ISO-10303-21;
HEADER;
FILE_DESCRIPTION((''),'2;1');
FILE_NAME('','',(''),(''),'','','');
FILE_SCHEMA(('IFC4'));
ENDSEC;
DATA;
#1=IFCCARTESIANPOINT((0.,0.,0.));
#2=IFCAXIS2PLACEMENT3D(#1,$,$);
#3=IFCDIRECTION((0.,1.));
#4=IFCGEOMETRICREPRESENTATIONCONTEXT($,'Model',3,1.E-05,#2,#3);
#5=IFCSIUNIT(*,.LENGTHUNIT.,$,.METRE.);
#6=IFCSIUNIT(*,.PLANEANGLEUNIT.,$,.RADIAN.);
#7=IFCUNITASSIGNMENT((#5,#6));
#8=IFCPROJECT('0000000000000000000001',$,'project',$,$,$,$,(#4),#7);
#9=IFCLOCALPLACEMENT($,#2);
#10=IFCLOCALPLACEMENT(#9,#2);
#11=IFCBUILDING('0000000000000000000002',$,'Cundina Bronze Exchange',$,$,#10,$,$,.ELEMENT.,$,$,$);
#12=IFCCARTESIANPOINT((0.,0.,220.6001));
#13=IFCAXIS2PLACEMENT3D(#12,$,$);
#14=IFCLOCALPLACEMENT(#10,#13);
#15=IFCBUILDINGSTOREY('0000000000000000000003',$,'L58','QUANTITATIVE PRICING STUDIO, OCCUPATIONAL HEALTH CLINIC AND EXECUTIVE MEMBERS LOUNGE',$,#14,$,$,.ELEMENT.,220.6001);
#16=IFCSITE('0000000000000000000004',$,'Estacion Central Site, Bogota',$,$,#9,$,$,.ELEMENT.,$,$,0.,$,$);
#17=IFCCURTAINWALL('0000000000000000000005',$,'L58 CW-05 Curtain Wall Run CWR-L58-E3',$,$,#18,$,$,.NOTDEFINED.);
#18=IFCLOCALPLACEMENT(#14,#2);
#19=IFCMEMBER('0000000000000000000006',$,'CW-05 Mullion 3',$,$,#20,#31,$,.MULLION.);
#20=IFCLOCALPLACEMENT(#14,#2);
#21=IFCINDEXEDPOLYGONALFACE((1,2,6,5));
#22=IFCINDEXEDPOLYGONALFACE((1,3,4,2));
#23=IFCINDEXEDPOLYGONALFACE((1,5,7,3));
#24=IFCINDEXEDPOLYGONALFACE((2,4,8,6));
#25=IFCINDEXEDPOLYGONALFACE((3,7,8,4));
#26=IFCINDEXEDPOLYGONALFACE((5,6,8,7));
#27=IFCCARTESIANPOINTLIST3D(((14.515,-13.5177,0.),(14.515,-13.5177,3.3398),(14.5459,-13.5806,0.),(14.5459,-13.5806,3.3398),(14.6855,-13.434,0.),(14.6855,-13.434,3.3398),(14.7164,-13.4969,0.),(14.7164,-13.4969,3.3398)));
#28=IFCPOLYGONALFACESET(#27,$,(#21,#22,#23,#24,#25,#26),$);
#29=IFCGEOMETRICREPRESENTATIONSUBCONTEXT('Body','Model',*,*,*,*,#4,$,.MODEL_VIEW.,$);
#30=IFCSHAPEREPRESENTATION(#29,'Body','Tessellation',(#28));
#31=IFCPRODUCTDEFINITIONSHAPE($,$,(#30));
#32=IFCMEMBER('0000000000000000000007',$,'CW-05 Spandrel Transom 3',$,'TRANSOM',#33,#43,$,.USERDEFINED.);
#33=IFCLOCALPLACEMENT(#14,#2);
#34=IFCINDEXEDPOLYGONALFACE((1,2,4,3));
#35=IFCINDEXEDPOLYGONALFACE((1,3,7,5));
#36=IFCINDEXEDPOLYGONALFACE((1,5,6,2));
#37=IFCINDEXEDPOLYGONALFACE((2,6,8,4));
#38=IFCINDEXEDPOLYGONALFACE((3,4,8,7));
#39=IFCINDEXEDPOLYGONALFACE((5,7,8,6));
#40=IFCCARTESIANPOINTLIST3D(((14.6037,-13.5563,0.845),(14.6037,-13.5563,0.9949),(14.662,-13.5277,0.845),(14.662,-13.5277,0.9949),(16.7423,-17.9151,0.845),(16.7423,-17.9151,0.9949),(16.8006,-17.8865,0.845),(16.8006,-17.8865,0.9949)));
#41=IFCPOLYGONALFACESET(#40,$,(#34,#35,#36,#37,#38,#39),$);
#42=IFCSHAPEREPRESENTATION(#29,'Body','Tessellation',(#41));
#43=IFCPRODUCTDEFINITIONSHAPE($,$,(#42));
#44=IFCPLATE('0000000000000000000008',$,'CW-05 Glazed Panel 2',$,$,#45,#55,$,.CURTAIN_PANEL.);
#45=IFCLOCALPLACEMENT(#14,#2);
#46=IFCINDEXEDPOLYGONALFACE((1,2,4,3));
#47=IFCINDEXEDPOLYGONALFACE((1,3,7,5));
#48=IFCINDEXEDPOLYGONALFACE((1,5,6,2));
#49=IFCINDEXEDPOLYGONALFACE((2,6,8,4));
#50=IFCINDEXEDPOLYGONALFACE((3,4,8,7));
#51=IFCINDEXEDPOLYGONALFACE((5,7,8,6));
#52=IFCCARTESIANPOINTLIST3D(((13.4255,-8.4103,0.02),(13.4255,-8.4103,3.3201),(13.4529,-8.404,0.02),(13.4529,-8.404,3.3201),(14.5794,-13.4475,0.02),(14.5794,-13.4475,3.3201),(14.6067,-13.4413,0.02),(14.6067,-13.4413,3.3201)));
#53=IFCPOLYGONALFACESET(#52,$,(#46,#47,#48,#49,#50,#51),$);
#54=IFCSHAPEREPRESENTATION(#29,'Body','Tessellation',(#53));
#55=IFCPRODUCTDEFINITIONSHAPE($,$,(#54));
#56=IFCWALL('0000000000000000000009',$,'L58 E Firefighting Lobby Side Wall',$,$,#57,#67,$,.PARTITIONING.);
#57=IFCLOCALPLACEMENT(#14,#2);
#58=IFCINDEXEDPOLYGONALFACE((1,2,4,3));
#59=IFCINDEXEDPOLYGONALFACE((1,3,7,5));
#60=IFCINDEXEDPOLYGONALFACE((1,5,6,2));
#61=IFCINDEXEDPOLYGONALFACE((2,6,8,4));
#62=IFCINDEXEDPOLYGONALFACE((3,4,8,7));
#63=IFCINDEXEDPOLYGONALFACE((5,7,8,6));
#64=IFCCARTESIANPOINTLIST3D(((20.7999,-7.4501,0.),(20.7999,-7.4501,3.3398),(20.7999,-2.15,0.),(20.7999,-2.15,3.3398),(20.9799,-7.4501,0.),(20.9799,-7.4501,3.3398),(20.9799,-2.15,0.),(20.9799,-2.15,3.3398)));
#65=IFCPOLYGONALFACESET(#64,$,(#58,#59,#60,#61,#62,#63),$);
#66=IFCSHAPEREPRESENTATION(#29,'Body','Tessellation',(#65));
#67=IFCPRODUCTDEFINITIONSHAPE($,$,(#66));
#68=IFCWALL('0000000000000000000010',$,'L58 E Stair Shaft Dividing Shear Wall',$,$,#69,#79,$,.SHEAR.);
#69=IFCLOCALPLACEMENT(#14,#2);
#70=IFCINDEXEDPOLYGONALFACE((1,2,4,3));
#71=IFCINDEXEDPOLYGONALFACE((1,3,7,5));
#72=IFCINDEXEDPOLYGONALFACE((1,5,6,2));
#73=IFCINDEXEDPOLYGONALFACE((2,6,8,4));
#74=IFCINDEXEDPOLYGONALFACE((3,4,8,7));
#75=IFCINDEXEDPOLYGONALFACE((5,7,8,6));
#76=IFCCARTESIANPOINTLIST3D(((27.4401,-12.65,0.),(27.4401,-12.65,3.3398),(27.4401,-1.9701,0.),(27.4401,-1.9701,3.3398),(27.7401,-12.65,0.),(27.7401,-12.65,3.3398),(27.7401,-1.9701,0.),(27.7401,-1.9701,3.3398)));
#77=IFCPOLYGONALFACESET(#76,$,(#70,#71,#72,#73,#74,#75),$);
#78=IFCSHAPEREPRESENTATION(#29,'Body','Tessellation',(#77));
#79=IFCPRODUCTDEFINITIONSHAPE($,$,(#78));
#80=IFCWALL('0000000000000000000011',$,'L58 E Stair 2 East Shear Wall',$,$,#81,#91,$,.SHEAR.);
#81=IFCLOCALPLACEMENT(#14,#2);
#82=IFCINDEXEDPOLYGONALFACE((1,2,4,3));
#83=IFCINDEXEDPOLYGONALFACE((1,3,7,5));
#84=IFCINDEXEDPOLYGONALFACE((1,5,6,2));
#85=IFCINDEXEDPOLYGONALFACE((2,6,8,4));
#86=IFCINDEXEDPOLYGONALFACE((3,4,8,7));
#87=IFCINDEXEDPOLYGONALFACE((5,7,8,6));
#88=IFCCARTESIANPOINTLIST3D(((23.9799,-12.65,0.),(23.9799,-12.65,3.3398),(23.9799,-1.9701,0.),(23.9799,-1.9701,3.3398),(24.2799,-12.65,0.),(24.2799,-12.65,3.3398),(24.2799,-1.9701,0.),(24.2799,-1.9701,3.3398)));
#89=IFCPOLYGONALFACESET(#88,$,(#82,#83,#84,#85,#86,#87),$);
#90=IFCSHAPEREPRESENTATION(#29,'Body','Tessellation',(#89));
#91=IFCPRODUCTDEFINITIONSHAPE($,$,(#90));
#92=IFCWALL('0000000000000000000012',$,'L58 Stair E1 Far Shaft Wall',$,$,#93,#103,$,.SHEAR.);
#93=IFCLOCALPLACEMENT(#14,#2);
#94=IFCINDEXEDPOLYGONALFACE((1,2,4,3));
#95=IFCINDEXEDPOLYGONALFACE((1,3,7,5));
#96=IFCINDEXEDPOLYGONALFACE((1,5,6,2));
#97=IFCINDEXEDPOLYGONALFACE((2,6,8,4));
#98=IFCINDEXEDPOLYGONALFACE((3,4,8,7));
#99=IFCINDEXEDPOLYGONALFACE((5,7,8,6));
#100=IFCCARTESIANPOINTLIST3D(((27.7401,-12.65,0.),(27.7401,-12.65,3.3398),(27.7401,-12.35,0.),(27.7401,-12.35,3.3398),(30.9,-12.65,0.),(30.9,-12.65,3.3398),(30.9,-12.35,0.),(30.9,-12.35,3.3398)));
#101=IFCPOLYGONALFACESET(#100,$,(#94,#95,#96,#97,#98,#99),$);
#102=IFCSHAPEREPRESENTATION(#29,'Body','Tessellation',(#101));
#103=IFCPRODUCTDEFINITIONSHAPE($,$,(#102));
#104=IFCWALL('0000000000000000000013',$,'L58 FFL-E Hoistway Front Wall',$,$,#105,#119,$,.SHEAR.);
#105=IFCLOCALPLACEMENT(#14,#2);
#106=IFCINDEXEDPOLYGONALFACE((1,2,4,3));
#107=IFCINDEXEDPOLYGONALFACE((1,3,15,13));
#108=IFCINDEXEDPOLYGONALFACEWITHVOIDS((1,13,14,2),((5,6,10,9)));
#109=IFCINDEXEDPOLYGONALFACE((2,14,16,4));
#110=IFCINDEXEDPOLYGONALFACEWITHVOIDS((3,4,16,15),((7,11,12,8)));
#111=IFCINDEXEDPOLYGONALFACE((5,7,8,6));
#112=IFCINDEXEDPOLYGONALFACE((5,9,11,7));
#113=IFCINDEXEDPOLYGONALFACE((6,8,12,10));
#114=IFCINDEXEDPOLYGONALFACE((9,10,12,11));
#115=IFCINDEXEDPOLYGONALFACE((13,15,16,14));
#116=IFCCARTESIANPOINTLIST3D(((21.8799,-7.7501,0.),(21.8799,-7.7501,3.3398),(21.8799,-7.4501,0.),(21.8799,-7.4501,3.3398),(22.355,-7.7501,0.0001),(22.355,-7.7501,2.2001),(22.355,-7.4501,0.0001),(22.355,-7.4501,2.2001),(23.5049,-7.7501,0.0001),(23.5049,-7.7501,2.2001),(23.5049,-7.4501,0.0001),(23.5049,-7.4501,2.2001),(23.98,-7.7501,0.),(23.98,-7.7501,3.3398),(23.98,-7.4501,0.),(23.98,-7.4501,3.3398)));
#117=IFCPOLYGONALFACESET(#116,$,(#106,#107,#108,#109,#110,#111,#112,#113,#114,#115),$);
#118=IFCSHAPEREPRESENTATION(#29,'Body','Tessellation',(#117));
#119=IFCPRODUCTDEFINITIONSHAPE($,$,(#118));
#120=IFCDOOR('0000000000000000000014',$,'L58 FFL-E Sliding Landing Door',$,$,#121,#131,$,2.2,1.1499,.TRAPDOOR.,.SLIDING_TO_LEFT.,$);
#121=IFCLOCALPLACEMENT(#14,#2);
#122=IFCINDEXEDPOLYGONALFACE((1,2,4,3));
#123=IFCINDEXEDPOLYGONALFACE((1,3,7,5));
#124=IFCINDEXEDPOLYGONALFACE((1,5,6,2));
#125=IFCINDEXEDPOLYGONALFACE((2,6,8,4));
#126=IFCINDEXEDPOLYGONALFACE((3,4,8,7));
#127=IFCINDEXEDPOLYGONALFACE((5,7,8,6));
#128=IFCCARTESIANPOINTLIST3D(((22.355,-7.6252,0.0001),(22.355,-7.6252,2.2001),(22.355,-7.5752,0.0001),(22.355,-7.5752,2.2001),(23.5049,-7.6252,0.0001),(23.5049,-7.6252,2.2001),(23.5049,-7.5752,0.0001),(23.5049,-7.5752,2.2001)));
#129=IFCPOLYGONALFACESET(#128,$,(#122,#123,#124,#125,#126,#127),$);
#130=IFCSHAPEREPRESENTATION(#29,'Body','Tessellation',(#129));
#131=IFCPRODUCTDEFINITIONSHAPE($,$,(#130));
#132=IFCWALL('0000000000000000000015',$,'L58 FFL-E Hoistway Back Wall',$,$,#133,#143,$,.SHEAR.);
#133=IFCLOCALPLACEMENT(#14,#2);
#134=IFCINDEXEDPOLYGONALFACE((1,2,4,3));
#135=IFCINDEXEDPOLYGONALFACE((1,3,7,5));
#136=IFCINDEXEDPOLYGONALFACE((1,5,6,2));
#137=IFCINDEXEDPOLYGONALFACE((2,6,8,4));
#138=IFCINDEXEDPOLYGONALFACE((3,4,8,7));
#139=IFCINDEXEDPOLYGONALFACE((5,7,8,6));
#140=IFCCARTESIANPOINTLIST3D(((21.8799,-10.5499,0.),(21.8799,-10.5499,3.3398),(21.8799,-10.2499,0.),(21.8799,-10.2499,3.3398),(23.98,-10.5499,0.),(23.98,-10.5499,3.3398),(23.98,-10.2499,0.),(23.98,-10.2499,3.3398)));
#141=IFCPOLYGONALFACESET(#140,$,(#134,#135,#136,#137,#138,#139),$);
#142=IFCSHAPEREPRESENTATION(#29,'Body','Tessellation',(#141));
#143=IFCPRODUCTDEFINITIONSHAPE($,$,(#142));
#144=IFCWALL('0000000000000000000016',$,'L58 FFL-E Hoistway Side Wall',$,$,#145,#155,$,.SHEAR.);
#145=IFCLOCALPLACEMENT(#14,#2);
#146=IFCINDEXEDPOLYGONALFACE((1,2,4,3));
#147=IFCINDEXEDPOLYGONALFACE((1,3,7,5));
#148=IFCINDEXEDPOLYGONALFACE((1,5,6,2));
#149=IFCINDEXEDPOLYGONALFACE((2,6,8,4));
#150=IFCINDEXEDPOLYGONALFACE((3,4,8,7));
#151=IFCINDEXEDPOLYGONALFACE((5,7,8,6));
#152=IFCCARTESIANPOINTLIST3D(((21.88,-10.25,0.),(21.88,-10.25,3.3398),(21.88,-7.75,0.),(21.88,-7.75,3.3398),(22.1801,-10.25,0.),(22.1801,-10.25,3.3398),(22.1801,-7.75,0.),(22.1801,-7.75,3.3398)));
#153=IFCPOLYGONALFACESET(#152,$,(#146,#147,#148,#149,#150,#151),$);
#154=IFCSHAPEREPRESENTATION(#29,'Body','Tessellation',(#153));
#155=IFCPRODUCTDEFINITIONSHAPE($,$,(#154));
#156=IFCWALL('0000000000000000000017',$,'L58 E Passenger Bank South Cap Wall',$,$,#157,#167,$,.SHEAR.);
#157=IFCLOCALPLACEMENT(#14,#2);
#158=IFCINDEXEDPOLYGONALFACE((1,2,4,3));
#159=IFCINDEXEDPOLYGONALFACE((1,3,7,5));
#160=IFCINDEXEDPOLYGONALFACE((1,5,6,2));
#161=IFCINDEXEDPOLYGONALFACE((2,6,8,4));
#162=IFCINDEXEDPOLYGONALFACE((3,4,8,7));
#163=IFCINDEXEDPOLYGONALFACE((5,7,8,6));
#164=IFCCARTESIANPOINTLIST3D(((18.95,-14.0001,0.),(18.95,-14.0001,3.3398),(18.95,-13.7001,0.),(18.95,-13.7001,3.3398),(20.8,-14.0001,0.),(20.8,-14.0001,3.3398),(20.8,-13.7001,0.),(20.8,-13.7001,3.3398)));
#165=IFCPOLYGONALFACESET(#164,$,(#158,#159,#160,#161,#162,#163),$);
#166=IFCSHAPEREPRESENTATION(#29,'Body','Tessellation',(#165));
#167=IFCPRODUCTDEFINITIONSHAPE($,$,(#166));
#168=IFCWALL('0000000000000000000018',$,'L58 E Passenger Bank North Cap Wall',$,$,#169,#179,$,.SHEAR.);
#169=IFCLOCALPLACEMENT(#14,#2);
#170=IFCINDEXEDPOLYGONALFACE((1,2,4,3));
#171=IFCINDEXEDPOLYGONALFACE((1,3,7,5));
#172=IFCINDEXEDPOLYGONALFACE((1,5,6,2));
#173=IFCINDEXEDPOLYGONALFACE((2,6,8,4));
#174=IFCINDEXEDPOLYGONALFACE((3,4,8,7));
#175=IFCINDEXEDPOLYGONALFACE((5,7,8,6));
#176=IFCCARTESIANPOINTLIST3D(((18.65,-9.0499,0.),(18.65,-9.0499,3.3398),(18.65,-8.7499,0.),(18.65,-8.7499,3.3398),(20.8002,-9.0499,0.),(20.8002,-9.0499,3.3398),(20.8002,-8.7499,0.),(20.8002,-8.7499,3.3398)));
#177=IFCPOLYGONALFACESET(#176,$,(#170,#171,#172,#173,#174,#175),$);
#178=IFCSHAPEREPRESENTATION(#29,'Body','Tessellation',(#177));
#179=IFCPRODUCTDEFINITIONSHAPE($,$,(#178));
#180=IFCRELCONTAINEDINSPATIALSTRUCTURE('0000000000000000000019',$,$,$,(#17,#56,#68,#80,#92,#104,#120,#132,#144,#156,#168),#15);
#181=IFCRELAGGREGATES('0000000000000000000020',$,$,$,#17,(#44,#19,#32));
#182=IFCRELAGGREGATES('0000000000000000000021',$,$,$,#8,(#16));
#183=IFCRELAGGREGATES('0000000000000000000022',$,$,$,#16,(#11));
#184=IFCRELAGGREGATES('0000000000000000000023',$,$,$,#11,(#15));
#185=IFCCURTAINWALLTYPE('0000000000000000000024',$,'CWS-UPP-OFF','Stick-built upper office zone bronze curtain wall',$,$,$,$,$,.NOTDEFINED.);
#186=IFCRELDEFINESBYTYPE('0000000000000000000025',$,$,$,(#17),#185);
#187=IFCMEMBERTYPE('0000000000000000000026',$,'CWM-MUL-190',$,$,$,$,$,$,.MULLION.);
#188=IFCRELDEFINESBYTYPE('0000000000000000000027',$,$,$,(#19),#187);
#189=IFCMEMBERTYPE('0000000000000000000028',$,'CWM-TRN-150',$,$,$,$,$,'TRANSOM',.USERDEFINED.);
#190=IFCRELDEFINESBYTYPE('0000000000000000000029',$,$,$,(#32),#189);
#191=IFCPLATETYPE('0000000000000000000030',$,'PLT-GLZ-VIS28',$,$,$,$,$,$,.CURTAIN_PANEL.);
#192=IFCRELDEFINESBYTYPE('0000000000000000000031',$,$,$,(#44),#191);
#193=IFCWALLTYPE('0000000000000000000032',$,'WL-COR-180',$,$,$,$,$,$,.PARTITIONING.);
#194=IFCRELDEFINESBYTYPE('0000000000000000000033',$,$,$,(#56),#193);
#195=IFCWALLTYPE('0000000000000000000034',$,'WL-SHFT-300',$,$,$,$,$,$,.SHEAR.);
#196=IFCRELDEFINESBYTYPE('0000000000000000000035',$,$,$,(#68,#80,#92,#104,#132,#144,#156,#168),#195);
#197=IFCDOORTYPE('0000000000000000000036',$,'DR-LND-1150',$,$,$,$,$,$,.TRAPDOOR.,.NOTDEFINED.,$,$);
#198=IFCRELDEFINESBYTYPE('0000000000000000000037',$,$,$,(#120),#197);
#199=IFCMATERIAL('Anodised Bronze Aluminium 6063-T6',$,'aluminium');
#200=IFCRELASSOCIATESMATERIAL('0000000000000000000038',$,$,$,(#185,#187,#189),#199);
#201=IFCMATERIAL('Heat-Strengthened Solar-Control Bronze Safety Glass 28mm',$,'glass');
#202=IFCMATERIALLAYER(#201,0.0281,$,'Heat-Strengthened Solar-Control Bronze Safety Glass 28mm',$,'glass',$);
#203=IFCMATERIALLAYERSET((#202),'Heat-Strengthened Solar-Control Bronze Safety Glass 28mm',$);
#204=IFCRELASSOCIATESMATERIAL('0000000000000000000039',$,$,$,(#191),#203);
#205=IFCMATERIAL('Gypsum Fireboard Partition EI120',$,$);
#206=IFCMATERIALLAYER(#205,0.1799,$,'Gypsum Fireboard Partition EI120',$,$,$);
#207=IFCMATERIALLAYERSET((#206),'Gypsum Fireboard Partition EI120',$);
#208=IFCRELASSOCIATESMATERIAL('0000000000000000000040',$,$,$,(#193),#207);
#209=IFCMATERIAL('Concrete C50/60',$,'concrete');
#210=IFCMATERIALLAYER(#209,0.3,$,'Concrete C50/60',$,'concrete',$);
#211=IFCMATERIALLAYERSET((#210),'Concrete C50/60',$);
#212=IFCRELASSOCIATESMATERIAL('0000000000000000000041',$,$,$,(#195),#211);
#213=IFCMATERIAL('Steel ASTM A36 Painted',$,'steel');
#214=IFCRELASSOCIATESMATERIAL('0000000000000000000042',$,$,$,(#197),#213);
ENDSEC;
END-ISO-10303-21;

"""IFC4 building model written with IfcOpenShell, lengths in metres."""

from ifc_helpers import new_model, si_unit, direction, frame, frame_2d, origin, origin_2d, place, context, subcontext, project, spatial, rectangle, extrude, material, layer, layer_set, material_profile, profile_set, type_object, element, fill, aggregate, save


model = new_model("IFC4")

# Units and contexts
model_context = context("Model", 3, precision=1e-05, world=origin(), true_north=direction((0.0, 1.0)))
body_context = subcontext(model_context, "Body", "Model", "MODEL_VIEW")
ifc_project = project(units=[si_unit("LENGTHUNIT", "METRE"), si_unit("PLANEANGLEUNIT", "RADIAN")], contexts=[model_context])

# Site, building, storey
site_placement = place(None, origin())
site = spatial("IfcSite", under=ifc_project, at=site_placement, Name="Estacion Central Site, Bogota", CompositionType="ELEMENT", RefElevation=0.0)
building_placement = place(site_placement, origin())
building = spatial("IfcBuilding", under=site, at=building_placement, Name="Cundina Bronze Exchange", CompositionType="ELEMENT")
storey_placement = place(building_placement, frame((0.0, 0.0, 220.6001)))
storey = spatial("IfcBuildingStorey", under=building, at=storey_placement, Name="L58", Description="QUANTITATIVE PRICING STUDIO, OCCUPATIONAL HEALTH CLINIC AND EXECUTIVE MEMBERS LOUNGE", CompositionType="ELEMENT", Elevation=220.6001)

# Shared definitions
ifc_material_1 = material(Name="Concrete C50/60", Category="concrete")

# Curtain wall, members, plate
ifc_material_2 = material(Name="Anodised Bronze Aluminium 6063-T6", Category="aluminium")
curtain_wall_type = type_object("IfcCurtainWallType", Name="CWS-UPP-OFF", Description="Stick-built upper office zone bronze curtain wall", PredefinedType="NOTDEFINED", material=ifc_material_2)
curtain_wall_placement = place(storey_placement, origin())
curtain_wall = element("IfcCurtainWall", 1, at=curtain_wall_placement, inside=storey, type_object=curtain_wall_type, Name="L58 CW-05 Curtain Wall Run CWR-L58-E3", PredefinedType="NOTDEFINED")
ifc_material_profile_1 = material_profile(ifc_material_2, rectangle(XDim=0.0701, YDim=0.1899, at=origin_2d()), Name="AL70X190", Category="aluminium")
ifc_profile_set_1 = profile_set([ifc_material_profile_1], Name="Anodised Bronze Aluminium 6063-T6")
member_type_1 = type_object("IfcMemberType", Name="CWM-MUL-190", PredefinedType="MULLION", material=ifc_profile_set_1)
member_1_placement = place(storey_placement, frame((14.6157, -13.5073, 0.0), z_axis=(0.0, 0.0, 1.0), x_axis=(0.440566, -0.89772, 0.0)))
member_1 = element("IfcMember", 2, at=member_1_placement, type_object=member_type_1, Name="CW-05 Mullion 3", PredefinedType="MULLION", context=body_context, shape_type="SweptSolid", body=[
    extrude(rectangle(XDim=0.0701, YDim=0.1899, at=origin_2d()), origin(), (0.0, 0.0, 1.0), 3.3398),
])
ifc_material_profile_2 = material_profile(ifc_material_2, rectangle(XDim=0.0649, YDim=0.1499, at=origin_2d()), Name="AL65X150", Category="aluminium")
ifc_profile_set_2 = profile_set([ifc_material_profile_2], Name="Anodised Bronze Aluminium 6063-T6")
member_type_2 = type_object("IfcMemberType", Name="CWM-TRN-150", ElementType="TRANSOM", PredefinedType="USERDEFINED", material=ifc_profile_set_2)
member_2_placement = place(storey_placement, frame((14.6328, -13.542, 0.9199), z_axis=(0.440483, -0.897761, 0.0), x_axis=(0.897761, 0.440483, 0.0)))
member_2 = element("IfcMember", 3, at=member_2_placement, type_object=member_type_2, Name="CW-05 Spandrel Transom 3", ObjectType="TRANSOM", PredefinedType="USERDEFINED", context=body_context, shape_type="SweptSolid", body=[
    extrude(rectangle(XDim=0.0649, YDim=0.1499, at=origin_2d()), origin(), (0.0, 0.0, 1.0), 4.8552),
])
ifc_material_3 = material(Name="Heat-Strengthened Solar-Control Bronze Safety Glass 28mm", Category="glass")
ifc_layer_1 = layer(ifc_material_3, 0.0281, Name="Heat-Strengthened Solar-Control Bronze Safety Glass 28mm", Category="glass")
ifc_layer_set_1 = layer_set([ifc_layer_1], Name="Heat-Strengthened Solar-Control Bronze Safety Glass 28mm")
plate_type = type_object("IfcPlateType", Name="PLT-GLZ-VIS28", PredefinedType="CURTAIN_PANEL", material=ifc_layer_set_1)
plate_placement = place(storey_placement, frame((14.0161, -10.9258, 0.02), z_axis=(0.0, 0.0, 1.0), x_axis=(0.223284, -0.974753, 0.0)))
plate = element("IfcPlate", 4, at=plate_placement, type_object=plate_type, Name="CW-05 Glazed Panel 2", PredefinedType="CURTAIN_PANEL", context=body_context, shape_type="SweptSolid", body=[
    extrude(rectangle(XDim=5.1677, YDim=0.0281, at=origin_2d()), origin(), (0.0, 0.0, 1.0), 3.3),
])
aggregate(curtain_wall, [plate, member_1, member_2])

# Walls
ifc_material_4 = material(Name="Gypsum Fireboard Partition EI120")
ifc_layer_2 = layer(ifc_material_4, 0.1799, Name="Gypsum Fireboard Partition EI120")
ifc_layer_set_2 = layer_set([ifc_layer_2], Name="Gypsum Fireboard Partition EI120")
wall_type_1 = type_object("IfcWallType", Name="WL-COR-180", PredefinedType="PARTITIONING", material=ifc_layer_set_2)
wall_1_placement = place(storey_placement, frame((20.8899, -7.45, 0.0), z_axis=(0.0, 0.0, 1.0), x_axis=(0.0, 1.0, 0.0)))
element("IfcWall", 5, at=wall_1_placement, inside=storey, type_object=wall_type_1, Name="L58 E Firefighting Lobby Side Wall", PredefinedType="PARTITIONING", context=body_context, shape_type="SweptSolid", body=[
    extrude(rectangle(XDim=5.3, YDim=0.1799, at=frame_2d((2.6499, 0.0))), origin(), (0.0, 0.0, 1.0), 3.3398),
])
ifc_layer_3 = layer(ifc_material_1, 0.3, Name="Concrete C50/60", Category="concrete")
ifc_layer_set_3 = layer_set([ifc_layer_3], Name="Concrete C50/60")
wall_type_2 = type_object("IfcWallType", Name="WL-SHFT-300", PredefinedType="SHEAR", material=ifc_layer_set_3)
for number, where, z_axis, x_axis, name in (
    (6, (27.5901, -12.6499, 0.0), (0.0, 0.0, 1.0), (0.0, 1.0, 0.0), "L58 E Stair Shaft Dividing Shear Wall"),
    (7, (24.1299, -12.6499, 0.0), (0.0, 0.0, 1.0), (0.0, 1.0, 0.0), "L58 E Stair 2 East Shear Wall"),
):
    element("IfcWall", number, at=place(storey_placement, frame(where, z_axis=z_axis, x_axis=x_axis)), inside=storey, type_object=wall_type_2, Name=name, PredefinedType="SHEAR", context=body_context, shape_type="SweptSolid", body=[
        extrude(rectangle(XDim=10.6799, YDim=0.3, at=frame_2d((5.3398, 0.0))), origin(), (0.0, 0.0, 1.0), 3.3398),
    ])
wall_2_placement = place(storey_placement, frame((27.74, -12.5, 0.0), z_axis=(0.0, 0.0, 1.0), x_axis=(1.0, 0.0, 0.0)))
element("IfcWall", 8, at=wall_2_placement, inside=storey, type_object=wall_type_2, Name="L58 Stair E1 Far Shaft Wall", PredefinedType="SHEAR", context=body_context, shape_type="SweptSolid", body=[
    extrude(rectangle(XDim=3.1599, YDim=0.3, at=frame_2d((1.5801, 0.0))), origin(), (0.0, 0.0, 1.0), 3.3398),
])

# Wall, opening, door
ifc_material_5 = material(Name="Steel ASTM A36 Painted", Category="steel")
wall_3_placement = place(storey_placement, frame((21.8799, -7.6001, 0.0), z_axis=(0.0, 0.0, 1.0), x_axis=(1.0, 0.0, 0.0)))
wall_3 = element("IfcWall", 9, at=wall_3_placement, inside=storey, type_object=wall_type_2, Name="L58 FFL-E Hoistway Front Wall", PredefinedType="SHEAR", context=body_context, shape_type="SweptSolid", body=[
    extrude(rectangle(XDim=2.1001, YDim=0.3, at=frame_2d((1.05, 0.0))), origin(), (0.0, 0.0, 1.0), 3.3398),
])
opening_1_placement = place(wall_3_placement, frame((0.4751, 0.0, 0.0)))
opening_1 = element("IfcOpeningElement", 10, at=opening_1_placement, cuts=wall_3, PredefinedType="OPENING", context=body_context, shape_type="SweptSolid", body=[
    extrude(rectangle(XDim=1.1499, YDim=2.2, at=frame_2d((0.575, 1.1001))), frame((0.0, 0.1599, 0.0), z_axis=(0.0, -1.0, 0.0), x_axis=(1.0, 0.0, 0.0)), (0.0, 0.0, 1.0), 0.3201),
])
door_type_1 = type_object("IfcDoorType", Name="DR-LND-1150", OperationType="NOTDEFINED", PredefinedType="TRAPDOOR", material=ifc_material_5)
door_1_placement = place(opening_1_placement, origin())
door_1 = element("IfcDoor", 11, at=door_1_placement, inside=storey, type_object=door_type_1, Name="L58 FFL-E Sliding Landing Door", OperationType="SLIDING_TO_LEFT", OverallHeight=2.2, OverallWidth=1.1499, PredefinedType="TRAPDOOR", context=body_context, shape_type="SweptSolid", body=[
    extrude(rectangle(XDim=1.1499, YDim=2.2, at=frame_2d((0.575, 1.1001))), frame((0.0, 0.0249, 0.0), z_axis=(0.0, -1.0, 0.0), x_axis=(1.0, 0.0, 0.0)), (0.0, 0.0, 1.0), 0.05),
])
fill(opening_1, door_1)

# Walls
wall_4_placement = place(storey_placement, frame((21.8799, -10.3999, 0.0), z_axis=(0.0, 0.0, 1.0), x_axis=(1.0, 0.0, 0.0)))
element("IfcWall", 12, at=wall_4_placement, inside=storey, type_object=wall_type_2, Name="L58 FFL-E Hoistway Back Wall", PredefinedType="SHEAR", context=body_context, shape_type="SweptSolid", body=[
    extrude(rectangle(XDim=2.1001, YDim=0.3, at=frame_2d((1.05, 0.0))), origin(), (0.0, 0.0, 1.0), 3.3398),
])
wall_5_placement = place(storey_placement, frame((22.03, -10.25, 0.0), z_axis=(0.0, 0.0, 1.0), x_axis=(0.0, 1.0, 0.0)))
element("IfcWall", 13, at=wall_5_placement, inside=storey, type_object=wall_type_2, Name="L58 FFL-E Hoistway Side Wall", PredefinedType="SHEAR", context=body_context, shape_type="SweptSolid", body=[
    extrude(rectangle(XDim=2.5, YDim=0.3, at=frame_2d((1.25, 0.0))), origin(), (0.0, 0.0, 1.0), 3.3398),
])
wall_6_placement = place(storey_placement, frame((18.95, -13.8501, 0.0), z_axis=(0.0, 0.0, 1.0), x_axis=(1.0, 0.0, 0.0)))
element("IfcWall", 14, at=wall_6_placement, inside=storey, type_object=wall_type_2, Name="L58 E Passenger Bank South Cap Wall", PredefinedType="SHEAR", context=body_context, shape_type="SweptSolid", body=[
    extrude(rectangle(XDim=1.8501, YDim=0.3, at=frame_2d((0.925, 0.0))), origin(), (0.0, 0.0, 1.0), 3.3398),
])
wall_7_placement = place(storey_placement, frame((18.6499, -8.8999, 0.0), z_axis=(0.0, 0.0, 1.0), x_axis=(1.0, 0.0, 0.0)))
element("IfcWall", 15, at=wall_7_placement, inside=storey, type_object=wall_type_2, Name="L58 E Passenger Bank North Cap Wall", PredefinedType="SHEAR", context=body_context, shape_type="SweptSolid", body=[
    extrude(rectangle(XDim=2.1501, YDim=0.3, at=frame_2d((1.0752, 0.0))), origin(), (0.0, 0.0, 1.0), 3.3398),
])

save(model, "model.ifc")
